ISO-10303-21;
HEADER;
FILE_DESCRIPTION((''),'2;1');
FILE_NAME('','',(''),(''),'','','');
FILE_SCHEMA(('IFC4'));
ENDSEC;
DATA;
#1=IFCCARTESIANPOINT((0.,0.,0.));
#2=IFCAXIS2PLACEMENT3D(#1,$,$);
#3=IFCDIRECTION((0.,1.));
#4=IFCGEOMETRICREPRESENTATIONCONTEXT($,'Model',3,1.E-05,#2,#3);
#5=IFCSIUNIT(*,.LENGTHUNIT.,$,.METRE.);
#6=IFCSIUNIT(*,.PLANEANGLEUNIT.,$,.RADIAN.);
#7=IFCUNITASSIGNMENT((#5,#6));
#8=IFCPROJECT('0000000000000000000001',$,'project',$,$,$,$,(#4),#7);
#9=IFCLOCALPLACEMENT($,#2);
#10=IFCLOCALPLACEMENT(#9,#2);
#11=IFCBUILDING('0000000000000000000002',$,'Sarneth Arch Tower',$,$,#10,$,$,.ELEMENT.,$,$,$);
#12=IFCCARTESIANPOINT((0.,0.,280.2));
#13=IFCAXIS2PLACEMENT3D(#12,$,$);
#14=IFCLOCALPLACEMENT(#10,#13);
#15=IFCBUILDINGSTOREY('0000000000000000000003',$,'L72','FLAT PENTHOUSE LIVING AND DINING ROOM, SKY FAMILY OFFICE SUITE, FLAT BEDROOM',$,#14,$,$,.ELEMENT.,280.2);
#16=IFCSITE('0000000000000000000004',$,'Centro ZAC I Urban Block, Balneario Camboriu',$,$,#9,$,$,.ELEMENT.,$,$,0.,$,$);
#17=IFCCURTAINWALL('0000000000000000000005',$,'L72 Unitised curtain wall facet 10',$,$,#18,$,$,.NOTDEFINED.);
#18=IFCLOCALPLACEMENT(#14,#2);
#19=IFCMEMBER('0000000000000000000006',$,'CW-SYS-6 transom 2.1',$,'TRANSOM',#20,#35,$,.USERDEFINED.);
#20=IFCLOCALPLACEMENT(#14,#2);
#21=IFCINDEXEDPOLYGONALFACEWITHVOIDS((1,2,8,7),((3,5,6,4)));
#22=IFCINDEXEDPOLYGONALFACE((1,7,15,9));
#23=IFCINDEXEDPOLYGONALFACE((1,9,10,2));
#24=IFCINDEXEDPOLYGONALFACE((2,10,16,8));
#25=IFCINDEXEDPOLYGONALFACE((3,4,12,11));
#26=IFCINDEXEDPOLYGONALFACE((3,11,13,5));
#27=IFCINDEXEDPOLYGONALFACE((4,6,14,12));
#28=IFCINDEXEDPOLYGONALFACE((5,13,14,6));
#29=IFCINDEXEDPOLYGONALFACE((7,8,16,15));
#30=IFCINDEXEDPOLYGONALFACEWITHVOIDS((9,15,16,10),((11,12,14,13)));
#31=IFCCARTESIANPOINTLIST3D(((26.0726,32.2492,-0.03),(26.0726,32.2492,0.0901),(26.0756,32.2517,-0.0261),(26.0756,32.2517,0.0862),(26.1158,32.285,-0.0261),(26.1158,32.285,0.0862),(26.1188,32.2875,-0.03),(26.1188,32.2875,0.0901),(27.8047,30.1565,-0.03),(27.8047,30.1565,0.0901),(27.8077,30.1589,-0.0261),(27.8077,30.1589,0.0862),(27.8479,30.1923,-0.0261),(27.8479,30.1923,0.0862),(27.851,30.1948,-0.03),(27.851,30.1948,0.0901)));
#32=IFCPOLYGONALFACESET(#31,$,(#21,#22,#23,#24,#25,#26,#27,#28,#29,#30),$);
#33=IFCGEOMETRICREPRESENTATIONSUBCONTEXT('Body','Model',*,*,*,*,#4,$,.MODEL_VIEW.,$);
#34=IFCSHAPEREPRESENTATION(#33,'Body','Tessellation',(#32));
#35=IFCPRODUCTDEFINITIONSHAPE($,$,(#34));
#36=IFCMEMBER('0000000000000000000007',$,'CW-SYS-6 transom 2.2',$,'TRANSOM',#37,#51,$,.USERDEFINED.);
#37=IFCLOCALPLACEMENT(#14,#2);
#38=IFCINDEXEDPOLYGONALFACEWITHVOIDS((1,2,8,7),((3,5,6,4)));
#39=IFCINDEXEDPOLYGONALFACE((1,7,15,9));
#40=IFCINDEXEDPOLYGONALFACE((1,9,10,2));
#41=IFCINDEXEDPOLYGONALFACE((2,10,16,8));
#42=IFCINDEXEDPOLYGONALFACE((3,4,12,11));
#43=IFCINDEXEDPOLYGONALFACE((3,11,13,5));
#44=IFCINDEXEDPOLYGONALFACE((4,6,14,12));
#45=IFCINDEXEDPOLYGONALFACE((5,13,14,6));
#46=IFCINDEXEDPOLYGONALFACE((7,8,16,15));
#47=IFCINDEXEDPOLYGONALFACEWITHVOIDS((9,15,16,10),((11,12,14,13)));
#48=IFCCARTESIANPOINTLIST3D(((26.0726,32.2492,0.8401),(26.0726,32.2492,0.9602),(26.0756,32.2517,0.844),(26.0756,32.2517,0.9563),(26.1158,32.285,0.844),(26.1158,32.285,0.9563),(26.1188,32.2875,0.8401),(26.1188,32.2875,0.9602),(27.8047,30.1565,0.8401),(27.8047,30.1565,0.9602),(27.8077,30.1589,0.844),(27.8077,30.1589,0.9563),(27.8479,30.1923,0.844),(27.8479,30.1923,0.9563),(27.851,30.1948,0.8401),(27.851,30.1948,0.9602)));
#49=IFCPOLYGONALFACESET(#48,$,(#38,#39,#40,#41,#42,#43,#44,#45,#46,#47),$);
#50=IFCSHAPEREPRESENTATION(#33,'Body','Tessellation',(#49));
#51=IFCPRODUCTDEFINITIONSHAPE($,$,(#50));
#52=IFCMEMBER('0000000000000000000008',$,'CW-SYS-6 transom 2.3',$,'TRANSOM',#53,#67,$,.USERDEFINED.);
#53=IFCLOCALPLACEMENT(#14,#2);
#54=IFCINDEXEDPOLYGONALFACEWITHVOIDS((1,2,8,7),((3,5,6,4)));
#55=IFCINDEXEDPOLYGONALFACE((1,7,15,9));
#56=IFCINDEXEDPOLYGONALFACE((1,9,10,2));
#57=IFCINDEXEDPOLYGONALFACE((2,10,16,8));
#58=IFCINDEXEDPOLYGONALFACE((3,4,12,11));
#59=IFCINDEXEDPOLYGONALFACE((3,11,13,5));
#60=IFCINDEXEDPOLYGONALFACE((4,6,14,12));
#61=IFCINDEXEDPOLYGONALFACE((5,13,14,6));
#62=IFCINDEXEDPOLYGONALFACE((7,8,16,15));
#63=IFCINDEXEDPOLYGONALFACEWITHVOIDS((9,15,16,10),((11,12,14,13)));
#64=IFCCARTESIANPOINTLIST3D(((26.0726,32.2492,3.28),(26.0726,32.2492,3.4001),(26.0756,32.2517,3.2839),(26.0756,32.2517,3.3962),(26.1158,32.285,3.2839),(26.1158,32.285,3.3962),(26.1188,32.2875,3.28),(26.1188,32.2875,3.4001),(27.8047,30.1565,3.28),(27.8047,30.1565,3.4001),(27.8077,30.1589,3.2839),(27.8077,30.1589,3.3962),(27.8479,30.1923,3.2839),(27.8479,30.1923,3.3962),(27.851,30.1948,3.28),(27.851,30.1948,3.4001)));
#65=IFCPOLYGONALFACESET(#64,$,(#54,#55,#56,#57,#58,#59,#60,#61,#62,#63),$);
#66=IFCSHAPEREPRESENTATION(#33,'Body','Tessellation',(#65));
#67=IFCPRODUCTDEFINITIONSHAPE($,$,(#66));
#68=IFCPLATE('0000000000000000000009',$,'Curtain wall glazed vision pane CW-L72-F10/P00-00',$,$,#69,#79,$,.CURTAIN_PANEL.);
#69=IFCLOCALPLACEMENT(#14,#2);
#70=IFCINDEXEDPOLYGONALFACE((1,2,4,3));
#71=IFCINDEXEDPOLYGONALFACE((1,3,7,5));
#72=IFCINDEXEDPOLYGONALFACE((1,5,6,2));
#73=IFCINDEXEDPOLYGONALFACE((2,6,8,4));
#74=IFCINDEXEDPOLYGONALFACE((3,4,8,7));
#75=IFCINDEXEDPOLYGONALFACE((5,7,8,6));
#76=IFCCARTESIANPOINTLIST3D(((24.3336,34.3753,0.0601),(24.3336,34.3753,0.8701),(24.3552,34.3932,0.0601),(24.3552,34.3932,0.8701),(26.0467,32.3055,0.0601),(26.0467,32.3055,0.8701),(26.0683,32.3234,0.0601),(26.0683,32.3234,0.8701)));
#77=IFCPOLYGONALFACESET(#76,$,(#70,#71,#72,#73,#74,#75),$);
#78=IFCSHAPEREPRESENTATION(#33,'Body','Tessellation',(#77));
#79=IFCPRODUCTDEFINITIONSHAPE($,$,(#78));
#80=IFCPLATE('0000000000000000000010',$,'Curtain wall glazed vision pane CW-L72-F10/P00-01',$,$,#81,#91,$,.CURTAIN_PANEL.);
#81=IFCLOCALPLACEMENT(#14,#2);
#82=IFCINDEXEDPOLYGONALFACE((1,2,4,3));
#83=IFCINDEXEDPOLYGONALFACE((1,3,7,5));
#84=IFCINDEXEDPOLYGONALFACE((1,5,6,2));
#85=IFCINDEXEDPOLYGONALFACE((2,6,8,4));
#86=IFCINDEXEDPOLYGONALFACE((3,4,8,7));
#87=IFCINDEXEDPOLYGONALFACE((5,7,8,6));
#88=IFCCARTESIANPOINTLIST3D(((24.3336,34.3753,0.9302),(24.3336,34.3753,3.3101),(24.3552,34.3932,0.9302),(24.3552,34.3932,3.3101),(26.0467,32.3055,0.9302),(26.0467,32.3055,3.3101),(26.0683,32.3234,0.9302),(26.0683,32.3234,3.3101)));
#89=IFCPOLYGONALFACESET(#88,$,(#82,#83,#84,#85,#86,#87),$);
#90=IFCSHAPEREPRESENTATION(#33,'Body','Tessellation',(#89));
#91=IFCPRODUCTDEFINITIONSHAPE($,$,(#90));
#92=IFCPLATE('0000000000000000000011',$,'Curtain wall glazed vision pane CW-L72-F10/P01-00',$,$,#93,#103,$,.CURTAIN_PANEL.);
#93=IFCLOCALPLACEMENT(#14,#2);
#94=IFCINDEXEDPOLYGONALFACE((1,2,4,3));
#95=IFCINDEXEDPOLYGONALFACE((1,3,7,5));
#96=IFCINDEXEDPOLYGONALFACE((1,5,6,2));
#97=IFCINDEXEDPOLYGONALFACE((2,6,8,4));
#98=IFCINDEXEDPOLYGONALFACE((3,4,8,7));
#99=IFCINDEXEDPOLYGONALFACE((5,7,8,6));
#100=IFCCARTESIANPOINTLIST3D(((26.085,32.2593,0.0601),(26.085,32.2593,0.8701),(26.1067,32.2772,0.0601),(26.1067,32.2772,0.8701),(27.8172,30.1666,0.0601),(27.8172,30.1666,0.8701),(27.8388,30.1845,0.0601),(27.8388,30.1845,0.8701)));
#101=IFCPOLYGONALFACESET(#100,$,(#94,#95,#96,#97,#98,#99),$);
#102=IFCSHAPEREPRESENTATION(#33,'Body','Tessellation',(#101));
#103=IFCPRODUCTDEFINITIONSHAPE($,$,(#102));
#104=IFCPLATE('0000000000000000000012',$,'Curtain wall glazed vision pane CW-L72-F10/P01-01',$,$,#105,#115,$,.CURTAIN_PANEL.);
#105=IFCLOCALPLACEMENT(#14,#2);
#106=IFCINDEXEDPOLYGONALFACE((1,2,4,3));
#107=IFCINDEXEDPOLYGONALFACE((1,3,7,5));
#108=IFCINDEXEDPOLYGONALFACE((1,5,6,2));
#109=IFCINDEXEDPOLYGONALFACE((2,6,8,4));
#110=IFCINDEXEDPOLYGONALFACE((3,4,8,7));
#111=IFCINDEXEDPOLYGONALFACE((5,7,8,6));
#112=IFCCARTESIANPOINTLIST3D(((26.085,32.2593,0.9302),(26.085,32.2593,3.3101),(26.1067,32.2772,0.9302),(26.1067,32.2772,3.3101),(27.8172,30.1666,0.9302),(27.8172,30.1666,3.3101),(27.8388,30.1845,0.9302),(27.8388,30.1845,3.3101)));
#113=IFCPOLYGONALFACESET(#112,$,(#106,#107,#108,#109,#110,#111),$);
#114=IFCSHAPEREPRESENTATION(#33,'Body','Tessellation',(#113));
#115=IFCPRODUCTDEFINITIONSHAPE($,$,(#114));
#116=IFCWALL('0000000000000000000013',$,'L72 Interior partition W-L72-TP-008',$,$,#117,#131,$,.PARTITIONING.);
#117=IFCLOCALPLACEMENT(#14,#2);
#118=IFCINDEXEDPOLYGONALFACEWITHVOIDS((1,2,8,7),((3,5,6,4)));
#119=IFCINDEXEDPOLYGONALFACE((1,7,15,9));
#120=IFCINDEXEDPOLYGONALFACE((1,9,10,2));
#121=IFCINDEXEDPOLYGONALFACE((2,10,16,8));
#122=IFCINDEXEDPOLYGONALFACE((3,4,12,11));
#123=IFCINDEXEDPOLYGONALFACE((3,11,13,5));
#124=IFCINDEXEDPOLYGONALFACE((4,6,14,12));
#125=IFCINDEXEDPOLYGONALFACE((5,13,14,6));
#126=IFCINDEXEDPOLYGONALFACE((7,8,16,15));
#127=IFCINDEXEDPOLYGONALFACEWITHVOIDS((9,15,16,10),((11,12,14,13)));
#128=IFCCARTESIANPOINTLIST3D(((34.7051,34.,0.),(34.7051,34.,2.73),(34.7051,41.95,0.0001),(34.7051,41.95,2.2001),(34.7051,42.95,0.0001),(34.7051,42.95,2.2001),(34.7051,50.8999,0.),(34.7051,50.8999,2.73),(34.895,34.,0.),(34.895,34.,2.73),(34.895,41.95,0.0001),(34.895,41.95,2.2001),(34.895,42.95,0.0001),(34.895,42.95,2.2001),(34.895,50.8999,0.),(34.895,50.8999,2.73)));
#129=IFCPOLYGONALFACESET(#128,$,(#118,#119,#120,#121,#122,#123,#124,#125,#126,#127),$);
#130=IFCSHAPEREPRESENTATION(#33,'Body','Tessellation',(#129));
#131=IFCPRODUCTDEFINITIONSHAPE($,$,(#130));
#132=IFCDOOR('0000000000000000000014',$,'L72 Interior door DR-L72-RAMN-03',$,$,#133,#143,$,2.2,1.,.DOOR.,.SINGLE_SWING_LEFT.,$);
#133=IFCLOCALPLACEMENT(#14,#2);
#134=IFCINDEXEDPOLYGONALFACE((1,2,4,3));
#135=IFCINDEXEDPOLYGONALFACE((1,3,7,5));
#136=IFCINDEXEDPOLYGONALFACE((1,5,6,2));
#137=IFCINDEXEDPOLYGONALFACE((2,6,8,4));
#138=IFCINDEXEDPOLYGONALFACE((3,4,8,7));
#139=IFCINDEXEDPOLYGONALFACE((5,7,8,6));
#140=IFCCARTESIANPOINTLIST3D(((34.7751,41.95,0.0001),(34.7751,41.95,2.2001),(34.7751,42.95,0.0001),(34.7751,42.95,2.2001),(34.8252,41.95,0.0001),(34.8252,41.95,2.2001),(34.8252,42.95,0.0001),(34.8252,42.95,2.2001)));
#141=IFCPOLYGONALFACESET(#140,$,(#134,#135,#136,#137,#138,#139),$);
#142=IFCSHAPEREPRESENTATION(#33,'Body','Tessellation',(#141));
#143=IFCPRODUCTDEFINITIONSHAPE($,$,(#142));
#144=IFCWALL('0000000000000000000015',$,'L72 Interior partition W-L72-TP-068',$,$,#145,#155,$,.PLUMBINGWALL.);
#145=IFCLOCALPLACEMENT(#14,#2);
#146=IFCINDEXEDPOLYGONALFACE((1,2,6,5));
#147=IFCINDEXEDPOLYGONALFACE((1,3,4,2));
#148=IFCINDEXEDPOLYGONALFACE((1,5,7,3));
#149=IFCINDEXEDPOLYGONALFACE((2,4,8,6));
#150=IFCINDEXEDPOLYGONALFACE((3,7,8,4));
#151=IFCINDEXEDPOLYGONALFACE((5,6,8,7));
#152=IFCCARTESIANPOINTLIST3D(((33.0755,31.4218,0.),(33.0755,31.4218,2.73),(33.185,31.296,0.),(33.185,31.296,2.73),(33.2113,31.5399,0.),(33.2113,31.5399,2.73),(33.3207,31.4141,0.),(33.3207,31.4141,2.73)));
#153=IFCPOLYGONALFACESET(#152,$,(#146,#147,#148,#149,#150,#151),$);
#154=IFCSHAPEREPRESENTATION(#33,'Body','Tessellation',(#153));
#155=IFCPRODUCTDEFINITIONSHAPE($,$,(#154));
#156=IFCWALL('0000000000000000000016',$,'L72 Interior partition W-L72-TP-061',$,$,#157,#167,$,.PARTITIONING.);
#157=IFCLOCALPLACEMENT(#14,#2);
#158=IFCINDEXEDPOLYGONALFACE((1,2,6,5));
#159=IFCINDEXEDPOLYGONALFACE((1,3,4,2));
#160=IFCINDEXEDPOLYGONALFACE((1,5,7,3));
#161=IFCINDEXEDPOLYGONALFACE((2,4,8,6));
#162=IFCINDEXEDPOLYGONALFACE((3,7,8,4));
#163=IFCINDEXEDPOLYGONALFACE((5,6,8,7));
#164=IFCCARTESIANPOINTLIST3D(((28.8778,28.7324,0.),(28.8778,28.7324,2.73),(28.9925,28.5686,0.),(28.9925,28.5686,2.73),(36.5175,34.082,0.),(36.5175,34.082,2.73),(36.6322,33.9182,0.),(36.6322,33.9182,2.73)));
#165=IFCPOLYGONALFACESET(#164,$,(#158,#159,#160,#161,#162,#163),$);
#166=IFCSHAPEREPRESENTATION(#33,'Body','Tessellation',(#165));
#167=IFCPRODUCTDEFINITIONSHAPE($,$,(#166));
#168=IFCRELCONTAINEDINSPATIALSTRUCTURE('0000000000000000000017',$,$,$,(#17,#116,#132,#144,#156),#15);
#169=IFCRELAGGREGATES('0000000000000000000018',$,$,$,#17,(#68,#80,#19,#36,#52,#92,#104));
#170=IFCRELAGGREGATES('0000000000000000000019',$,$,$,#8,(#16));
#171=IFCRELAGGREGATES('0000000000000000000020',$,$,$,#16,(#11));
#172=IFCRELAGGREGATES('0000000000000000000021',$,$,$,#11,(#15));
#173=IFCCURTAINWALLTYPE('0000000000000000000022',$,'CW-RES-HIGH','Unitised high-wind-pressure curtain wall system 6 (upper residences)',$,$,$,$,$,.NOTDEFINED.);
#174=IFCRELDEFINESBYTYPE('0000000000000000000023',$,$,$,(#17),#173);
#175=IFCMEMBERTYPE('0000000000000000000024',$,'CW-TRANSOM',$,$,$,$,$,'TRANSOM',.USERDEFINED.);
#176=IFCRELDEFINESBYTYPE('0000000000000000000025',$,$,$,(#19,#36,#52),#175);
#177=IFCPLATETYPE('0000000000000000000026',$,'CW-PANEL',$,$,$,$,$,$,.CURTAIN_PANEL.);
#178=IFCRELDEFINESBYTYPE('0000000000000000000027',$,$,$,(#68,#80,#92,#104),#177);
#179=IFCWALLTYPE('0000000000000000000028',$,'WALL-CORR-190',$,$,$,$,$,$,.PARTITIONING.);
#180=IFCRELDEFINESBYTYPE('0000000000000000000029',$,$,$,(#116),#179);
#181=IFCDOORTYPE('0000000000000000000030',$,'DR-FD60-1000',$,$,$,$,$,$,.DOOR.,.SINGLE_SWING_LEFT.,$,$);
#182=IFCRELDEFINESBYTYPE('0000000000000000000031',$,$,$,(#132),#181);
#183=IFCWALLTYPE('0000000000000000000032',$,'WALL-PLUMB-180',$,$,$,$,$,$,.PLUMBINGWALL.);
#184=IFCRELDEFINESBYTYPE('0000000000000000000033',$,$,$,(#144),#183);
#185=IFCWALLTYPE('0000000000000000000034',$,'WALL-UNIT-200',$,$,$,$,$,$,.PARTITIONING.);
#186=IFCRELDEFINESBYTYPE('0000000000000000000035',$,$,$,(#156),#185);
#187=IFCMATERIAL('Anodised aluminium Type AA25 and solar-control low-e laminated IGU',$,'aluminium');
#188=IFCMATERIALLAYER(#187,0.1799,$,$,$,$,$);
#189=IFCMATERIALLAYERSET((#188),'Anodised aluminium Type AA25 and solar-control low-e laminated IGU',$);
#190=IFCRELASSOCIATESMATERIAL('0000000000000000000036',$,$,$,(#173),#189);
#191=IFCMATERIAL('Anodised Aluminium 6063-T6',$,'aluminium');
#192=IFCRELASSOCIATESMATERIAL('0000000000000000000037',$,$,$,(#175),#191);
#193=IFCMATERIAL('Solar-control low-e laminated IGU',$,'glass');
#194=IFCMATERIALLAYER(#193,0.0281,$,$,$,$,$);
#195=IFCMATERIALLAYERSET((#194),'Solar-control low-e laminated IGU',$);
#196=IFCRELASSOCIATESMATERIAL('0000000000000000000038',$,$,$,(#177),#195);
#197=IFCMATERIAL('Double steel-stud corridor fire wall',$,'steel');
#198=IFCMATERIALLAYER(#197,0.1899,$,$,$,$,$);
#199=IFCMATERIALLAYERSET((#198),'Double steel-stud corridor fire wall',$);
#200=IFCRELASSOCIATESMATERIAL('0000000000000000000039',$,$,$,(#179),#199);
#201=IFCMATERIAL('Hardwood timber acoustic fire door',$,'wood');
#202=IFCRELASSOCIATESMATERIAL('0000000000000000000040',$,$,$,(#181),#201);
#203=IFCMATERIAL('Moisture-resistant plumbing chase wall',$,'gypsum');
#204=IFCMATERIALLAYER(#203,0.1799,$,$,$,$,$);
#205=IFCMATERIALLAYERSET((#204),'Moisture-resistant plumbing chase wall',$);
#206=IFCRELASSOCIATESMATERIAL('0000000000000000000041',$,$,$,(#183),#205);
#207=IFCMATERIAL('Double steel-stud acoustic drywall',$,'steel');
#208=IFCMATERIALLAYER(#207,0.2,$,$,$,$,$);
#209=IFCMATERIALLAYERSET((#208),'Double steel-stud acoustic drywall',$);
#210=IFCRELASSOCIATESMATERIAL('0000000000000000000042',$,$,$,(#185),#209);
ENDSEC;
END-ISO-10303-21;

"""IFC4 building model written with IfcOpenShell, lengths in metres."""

from ifc_helpers import new_model, si_unit, direction, frame, frame_2d, origin, origin_2d, place, context, subcontext, project, spatial, rectangle, hollow_rectangle, extrude, material, layer, layer_set, material_profile, profile_set, type_object, element, fill, aggregate, save


model = new_model("IFC4")

# Units and contexts
model_context = context("Model", 3, precision=1e-05, world=origin(), true_north=direction((0.0, 1.0)))
body_context = subcontext(model_context, "Body", "Model", "MODEL_VIEW")
ifc_project = project(units=[si_unit("LENGTHUNIT", "METRE"), si_unit("PLANEANGLEUNIT", "RADIAN")], contexts=[model_context])

# Site, building, storey
site_placement = place(None, origin())
site = spatial("IfcSite", under=ifc_project, at=site_placement, Name="Centro ZAC I Urban Block, Balneario Camboriu", CompositionType="ELEMENT", RefElevation=0.0)
building_placement = place(site_placement, origin())
building = spatial("IfcBuilding", under=site, at=building_placement, Name="Sarneth Arch Tower", CompositionType="ELEMENT")
storey_placement = place(building_placement, frame((0.0, 0.0, 280.2)))
storey = spatial("IfcBuildingStorey", under=building, at=storey_placement, Name="L72", Description="FLAT PENTHOUSE LIVING AND DINING ROOM, SKY FAMILY OFFICE SUITE, FLAT BEDROOM", CompositionType="ELEMENT", Elevation=280.2)

# Curtain wall, members, plates
ifc_material_1 = material(Name="Anodised aluminium Type AA25 and solar-control low-e laminated IGU", Category="aluminium")
ifc_layer_1 = layer(ifc_material_1, 0.1799)
ifc_layer_set_1 = layer_set([ifc_layer_1], Name="Anodised aluminium Type AA25 and solar-control low-e laminated IGU")
curtain_wall_type = type_object("IfcCurtainWallType", Name="CW-RES-HIGH", Description="Unitised high-wind-pressure curtain wall system 6 (upper residences)", PredefinedType="NOTDEFINED", material=ifc_layer_set_1)
curtain_wall_placement = place(storey_placement, origin())
curtain_wall = element("IfcCurtainWall", 1, at=curtain_wall_placement, inside=storey, type_object=curtain_wall_type, Name="L72 Unitised curtain wall facet 10", PredefinedType="NOTDEFINED")
ifc_material_2 = material(Name="Anodised Aluminium 6063-T6", Category="aluminium")
ifc_material_profile_1 = material_profile(ifc_material_2, hollow_rectangle(XDim=0.0601, YDim=0.1201, WallThickness=0.0039, at=origin_2d()), Name="AL-TRAN-120x60x4")
ifc_profile_set_1 = profile_set([ifc_material_profile_1], Name="Anodised Aluminium 6063-T6")
member_type_1 = type_object("IfcMemberType", Name="CW-TRANSOM", ElementType="TRANSOM", PredefinedType="USERDEFINED", material=ifc_profile_set_1)
member_1_placement = place(storey_placement, frame((26.0957, 32.2683, 0.03), z_axis=(0.637617, -0.770353, 0.0), x_axis=(0.770353, 0.637617, 0.0)))
member_1 = element("IfcMember", 2, at=member_1_placement, type_object=member_type_1, Name="CW-SYS-6 transom 2.1", ObjectType="TRANSOM", PredefinedType="USERDEFINED", context=body_context, shape_type="SweptSolid", body=[
    extrude(hollow_rectangle(XDim=0.0601, YDim=0.1201, WallThickness=0.0039, at=origin_2d()), origin(), (0.0, 0.0, 1.0), 2.7166),
])
member_2_placement = place(storey_placement, frame((26.0957, 32.2683, 0.9001), z_axis=(0.637617, -0.770353, 0.0), x_axis=(0.770353, 0.637617, 0.0)))
member_2 = element("IfcMember", 3, at=member_2_placement, type_object=member_type_1, Name="CW-SYS-6 transom 2.2", ObjectType="TRANSOM", PredefinedType="USERDEFINED", context=body_context, shape_type="SweptSolid", body=[
    extrude(hollow_rectangle(XDim=0.0601, YDim=0.1201, WallThickness=0.0039, at=origin_2d()), origin(), (0.0, 0.0, 1.0), 2.7166),
])
member_3_placement = place(storey_placement, frame((26.0957, 32.2683, 3.3401), z_axis=(0.637617, -0.770353, 0.0), x_axis=(0.770353, 0.637617, 0.0)))
member_3 = element("IfcMember", 4, at=member_3_placement, type_object=member_type_1, Name="CW-SYS-6 transom 2.3", ObjectType="TRANSOM", PredefinedType="USERDEFINED", context=body_context, shape_type="SweptSolid", body=[
    extrude(hollow_rectangle(XDim=0.0601, YDim=0.1201, WallThickness=0.0039, at=origin_2d()), origin(), (0.0, 0.0, 1.0), 2.7166),
])
ifc_material_3 = material(Name="Solar-control low-e laminated IGU", Category="glass")
ifc_layer_2 = layer(ifc_material_3, 0.0281)
ifc_layer_set_2 = layer_set([ifc_layer_2], Name="Solar-control low-e laminated IGU")
plate_type = type_object("IfcPlateType", Name="CW-PANEL", PredefinedType="CURTAIN_PANEL", material=ifc_layer_set_2)
plate_1_placement = place(storey_placement, frame((25.2009, 33.3494, 0.0601), z_axis=(0.0, 0.0, 1.0), x_axis=(0.63761, -0.770359, 0.0)))
plate_1 = element("IfcPlate", 5, at=plate_1_placement, type_object=plate_type, Name="Curtain wall glazed vision pane CW-L72-F10/P00-00", PredefinedType="CURTAIN_PANEL", context=body_context, shape_type="SweptSolid", body=[
    extrude(rectangle(XDim=2.6868, YDim=0.0281, at=origin_2d()), origin(), (0.0, 0.0, 1.0), 0.8101),
])
plate_2_placement = place(storey_placement, frame((25.2009, 33.3494, 0.9302), z_axis=(0.0, 0.0, 1.0), x_axis=(0.63761, -0.770359, 0.0)))
plate_2 = element("IfcPlate", 6, at=plate_2_placement, type_object=plate_type, Name="Curtain wall glazed vision pane CW-L72-F10/P00-01", PredefinedType="CURTAIN_PANEL", context=body_context, shape_type="SweptSolid", body=[
    extrude(rectangle(XDim=2.6868, YDim=0.0281, at=origin_2d()), origin(), (0.0, 0.0, 1.0), 2.3799),
])
plate_3_placement = place(storey_placement, frame((26.9619, 31.2219, 0.0601), z_axis=(0.0, 0.0, 1.0), x_axis=(0.63761, -0.770359, 0.0)))
plate_3 = element("IfcPlate", 7, at=plate_3_placement, type_object=plate_type, Name="Curtain wall glazed vision pane CW-L72-F10/P01-00", PredefinedType="CURTAIN_PANEL", context=body_context, shape_type="SweptSolid", body=[
    extrude(rectangle(XDim=2.7166, YDim=0.0281, at=origin_2d()), origin(), (0.0, 0.0, 1.0), 0.8101),
])
plate_4_placement = place(storey_placement, frame((26.9619, 31.2219, 0.9302), z_axis=(0.0, 0.0, 1.0), x_axis=(0.63761, -0.770359, 0.0)))
plate_4 = element("IfcPlate", 8, at=plate_4_placement, type_object=plate_type, Name="Curtain wall glazed vision pane CW-L72-F10/P01-01", PredefinedType="CURTAIN_PANEL", context=body_context, shape_type="SweptSolid", body=[
    extrude(rectangle(XDim=2.7166, YDim=0.0281, at=origin_2d()), origin(), (0.0, 0.0, 1.0), 2.3799),
])
aggregate(curtain_wall, [plate_1, plate_2, member_1, member_2, member_3, plate_3, plate_4])

# Wall, opening, door
ifc_material_4 = material(Name="Double steel-stud corridor fire wall", Category="steel")
ifc_layer_3 = layer(ifc_material_4, 0.1899)
ifc_layer_set_3 = layer_set([ifc_layer_3], Name="Double steel-stud corridor fire wall")
wall_type_1 = type_object("IfcWallType", Name="WALL-CORR-190", PredefinedType="PARTITIONING", material=ifc_layer_set_3)
wall_1_placement = place(storey_placement, frame((34.8, 34.0, 0.0), z_axis=(0.0, 0.0, 1.0), x_axis=(0.0, 1.0, 0.0)))
wall_1 = element("IfcWall", 9, at=wall_1_placement, inside=storey, type_object=wall_type_1, Name="L72 Interior partition W-L72-TP-008", PredefinedType="PARTITIONING", context=body_context, shape_type="SweptSolid", body=[
    extrude(rectangle(XDim=16.8999, YDim=0.1899, at=frame_2d((8.45, 0.0))), origin(), (0.0, 0.0, 1.0), 2.73),
])
opening_placement = place(wall_1_placement, frame((7.95, 0.0, 0.0)))
opening = element("IfcOpeningElement", 10, at=opening_placement, cuts=wall_1, PredefinedType="OPENING", context=body_context, shape_type="SweptSolid", body=[
    extrude(rectangle(XDim=1.0, YDim=2.2, at=frame_2d((0.5, 1.1001))), frame((0.0, 0.105, 0.0), z_axis=(0.0, -1.0, 0.0), x_axis=(1.0, 0.0, 0.0)), (0.0, 0.0, 1.0), 0.21),
])
ifc_material_5 = material(Name="Hardwood timber acoustic fire door", Category="wood")
door_type = type_object("IfcDoorType", Name="DR-FD60-1000", OperationType="SINGLE_SWING_LEFT", PredefinedType="DOOR", material=ifc_material_5)
door_placement = place(opening_placement, origin())
door = element("IfcDoor", 11, at=door_placement, inside=storey, type_object=door_type, Name="L72 Interior door DR-L72-RAMN-03", OperationType="SINGLE_SWING_LEFT", OverallHeight=2.2, OverallWidth=1.0, PredefinedType="DOOR", context=body_context, shape_type="SweptSolid", body=[
    extrude(rectangle(XDim=1.0, YDim=2.2, at=frame_2d((0.5, 1.1001))), frame((0.0, 0.0249, 0.0), z_axis=(0.0, -1.0, 0.0), x_axis=(1.0, 0.0, 0.0)), (0.0, 0.0, 1.0), 0.05),
])
fill(opening, door)

# Walls
ifc_material_6 = material(Name="Moisture-resistant plumbing chase wall", Category="gypsum")
ifc_layer_4 = layer(ifc_material_6, 0.1799)
ifc_layer_set_4 = layer_set([ifc_layer_4], Name="Moisture-resistant plumbing chase wall")
wall_type_2 = type_object("IfcWallType", Name="WALL-PLUMB-180", PredefinedType="PLUMBINGWALL", material=ifc_layer_set_4)
wall_2_placement = place(storey_placement, frame((33.2529, 31.355, 0.0), z_axis=(0.0, 0.0, 1.0), x_axis=(-0.656324, 0.754479, 0.0)))
element("IfcWall", 12, at=wall_2_placement, inside=storey, type_object=wall_type_2, Name="L72 Interior partition W-L72-TP-068", PredefinedType="PLUMBINGWALL", context=body_context, shape_type="SweptSolid", body=[
    extrude(rectangle(XDim=0.1667, YDim=0.1799, at=frame_2d((0.0835, 0.0))), origin(), (0.0, 0.0, 1.0), 2.73),
])
ifc_material_7 = material(Name="Double steel-stud acoustic drywall", Category="steel")
ifc_layer_5 = layer(ifc_material_7, 0.2)
ifc_layer_set_5 = layer_set([ifc_layer_5], Name="Double steel-stud acoustic drywall")
wall_type_3 = type_object("IfcWallType", Name="WALL-UNIT-200", PredefinedType="PARTITIONING", material=ifc_layer_set_5)
wall_3_placement = place(storey_placement, frame((36.5747, 34.0, 0.0), z_axis=(0.0, 0.0, 1.0), x_axis=(-0.819138, -0.573596, 0.0)))
element("IfcWall", 13, at=wall_3_placement, inside=storey, type_object=wall_type_3, Name="L72 Interior partition W-L72-TP-061", PredefinedType="PARTITIONING", context=body_context, shape_type="SweptSolid", body=[
    extrude(rectangle(XDim=9.3264, YDim=0.2, at=frame_2d((4.6631, 0.0))), origin(), (0.0, 0.0, 1.0), 2.73),
])

save(model, "model.ifc")
